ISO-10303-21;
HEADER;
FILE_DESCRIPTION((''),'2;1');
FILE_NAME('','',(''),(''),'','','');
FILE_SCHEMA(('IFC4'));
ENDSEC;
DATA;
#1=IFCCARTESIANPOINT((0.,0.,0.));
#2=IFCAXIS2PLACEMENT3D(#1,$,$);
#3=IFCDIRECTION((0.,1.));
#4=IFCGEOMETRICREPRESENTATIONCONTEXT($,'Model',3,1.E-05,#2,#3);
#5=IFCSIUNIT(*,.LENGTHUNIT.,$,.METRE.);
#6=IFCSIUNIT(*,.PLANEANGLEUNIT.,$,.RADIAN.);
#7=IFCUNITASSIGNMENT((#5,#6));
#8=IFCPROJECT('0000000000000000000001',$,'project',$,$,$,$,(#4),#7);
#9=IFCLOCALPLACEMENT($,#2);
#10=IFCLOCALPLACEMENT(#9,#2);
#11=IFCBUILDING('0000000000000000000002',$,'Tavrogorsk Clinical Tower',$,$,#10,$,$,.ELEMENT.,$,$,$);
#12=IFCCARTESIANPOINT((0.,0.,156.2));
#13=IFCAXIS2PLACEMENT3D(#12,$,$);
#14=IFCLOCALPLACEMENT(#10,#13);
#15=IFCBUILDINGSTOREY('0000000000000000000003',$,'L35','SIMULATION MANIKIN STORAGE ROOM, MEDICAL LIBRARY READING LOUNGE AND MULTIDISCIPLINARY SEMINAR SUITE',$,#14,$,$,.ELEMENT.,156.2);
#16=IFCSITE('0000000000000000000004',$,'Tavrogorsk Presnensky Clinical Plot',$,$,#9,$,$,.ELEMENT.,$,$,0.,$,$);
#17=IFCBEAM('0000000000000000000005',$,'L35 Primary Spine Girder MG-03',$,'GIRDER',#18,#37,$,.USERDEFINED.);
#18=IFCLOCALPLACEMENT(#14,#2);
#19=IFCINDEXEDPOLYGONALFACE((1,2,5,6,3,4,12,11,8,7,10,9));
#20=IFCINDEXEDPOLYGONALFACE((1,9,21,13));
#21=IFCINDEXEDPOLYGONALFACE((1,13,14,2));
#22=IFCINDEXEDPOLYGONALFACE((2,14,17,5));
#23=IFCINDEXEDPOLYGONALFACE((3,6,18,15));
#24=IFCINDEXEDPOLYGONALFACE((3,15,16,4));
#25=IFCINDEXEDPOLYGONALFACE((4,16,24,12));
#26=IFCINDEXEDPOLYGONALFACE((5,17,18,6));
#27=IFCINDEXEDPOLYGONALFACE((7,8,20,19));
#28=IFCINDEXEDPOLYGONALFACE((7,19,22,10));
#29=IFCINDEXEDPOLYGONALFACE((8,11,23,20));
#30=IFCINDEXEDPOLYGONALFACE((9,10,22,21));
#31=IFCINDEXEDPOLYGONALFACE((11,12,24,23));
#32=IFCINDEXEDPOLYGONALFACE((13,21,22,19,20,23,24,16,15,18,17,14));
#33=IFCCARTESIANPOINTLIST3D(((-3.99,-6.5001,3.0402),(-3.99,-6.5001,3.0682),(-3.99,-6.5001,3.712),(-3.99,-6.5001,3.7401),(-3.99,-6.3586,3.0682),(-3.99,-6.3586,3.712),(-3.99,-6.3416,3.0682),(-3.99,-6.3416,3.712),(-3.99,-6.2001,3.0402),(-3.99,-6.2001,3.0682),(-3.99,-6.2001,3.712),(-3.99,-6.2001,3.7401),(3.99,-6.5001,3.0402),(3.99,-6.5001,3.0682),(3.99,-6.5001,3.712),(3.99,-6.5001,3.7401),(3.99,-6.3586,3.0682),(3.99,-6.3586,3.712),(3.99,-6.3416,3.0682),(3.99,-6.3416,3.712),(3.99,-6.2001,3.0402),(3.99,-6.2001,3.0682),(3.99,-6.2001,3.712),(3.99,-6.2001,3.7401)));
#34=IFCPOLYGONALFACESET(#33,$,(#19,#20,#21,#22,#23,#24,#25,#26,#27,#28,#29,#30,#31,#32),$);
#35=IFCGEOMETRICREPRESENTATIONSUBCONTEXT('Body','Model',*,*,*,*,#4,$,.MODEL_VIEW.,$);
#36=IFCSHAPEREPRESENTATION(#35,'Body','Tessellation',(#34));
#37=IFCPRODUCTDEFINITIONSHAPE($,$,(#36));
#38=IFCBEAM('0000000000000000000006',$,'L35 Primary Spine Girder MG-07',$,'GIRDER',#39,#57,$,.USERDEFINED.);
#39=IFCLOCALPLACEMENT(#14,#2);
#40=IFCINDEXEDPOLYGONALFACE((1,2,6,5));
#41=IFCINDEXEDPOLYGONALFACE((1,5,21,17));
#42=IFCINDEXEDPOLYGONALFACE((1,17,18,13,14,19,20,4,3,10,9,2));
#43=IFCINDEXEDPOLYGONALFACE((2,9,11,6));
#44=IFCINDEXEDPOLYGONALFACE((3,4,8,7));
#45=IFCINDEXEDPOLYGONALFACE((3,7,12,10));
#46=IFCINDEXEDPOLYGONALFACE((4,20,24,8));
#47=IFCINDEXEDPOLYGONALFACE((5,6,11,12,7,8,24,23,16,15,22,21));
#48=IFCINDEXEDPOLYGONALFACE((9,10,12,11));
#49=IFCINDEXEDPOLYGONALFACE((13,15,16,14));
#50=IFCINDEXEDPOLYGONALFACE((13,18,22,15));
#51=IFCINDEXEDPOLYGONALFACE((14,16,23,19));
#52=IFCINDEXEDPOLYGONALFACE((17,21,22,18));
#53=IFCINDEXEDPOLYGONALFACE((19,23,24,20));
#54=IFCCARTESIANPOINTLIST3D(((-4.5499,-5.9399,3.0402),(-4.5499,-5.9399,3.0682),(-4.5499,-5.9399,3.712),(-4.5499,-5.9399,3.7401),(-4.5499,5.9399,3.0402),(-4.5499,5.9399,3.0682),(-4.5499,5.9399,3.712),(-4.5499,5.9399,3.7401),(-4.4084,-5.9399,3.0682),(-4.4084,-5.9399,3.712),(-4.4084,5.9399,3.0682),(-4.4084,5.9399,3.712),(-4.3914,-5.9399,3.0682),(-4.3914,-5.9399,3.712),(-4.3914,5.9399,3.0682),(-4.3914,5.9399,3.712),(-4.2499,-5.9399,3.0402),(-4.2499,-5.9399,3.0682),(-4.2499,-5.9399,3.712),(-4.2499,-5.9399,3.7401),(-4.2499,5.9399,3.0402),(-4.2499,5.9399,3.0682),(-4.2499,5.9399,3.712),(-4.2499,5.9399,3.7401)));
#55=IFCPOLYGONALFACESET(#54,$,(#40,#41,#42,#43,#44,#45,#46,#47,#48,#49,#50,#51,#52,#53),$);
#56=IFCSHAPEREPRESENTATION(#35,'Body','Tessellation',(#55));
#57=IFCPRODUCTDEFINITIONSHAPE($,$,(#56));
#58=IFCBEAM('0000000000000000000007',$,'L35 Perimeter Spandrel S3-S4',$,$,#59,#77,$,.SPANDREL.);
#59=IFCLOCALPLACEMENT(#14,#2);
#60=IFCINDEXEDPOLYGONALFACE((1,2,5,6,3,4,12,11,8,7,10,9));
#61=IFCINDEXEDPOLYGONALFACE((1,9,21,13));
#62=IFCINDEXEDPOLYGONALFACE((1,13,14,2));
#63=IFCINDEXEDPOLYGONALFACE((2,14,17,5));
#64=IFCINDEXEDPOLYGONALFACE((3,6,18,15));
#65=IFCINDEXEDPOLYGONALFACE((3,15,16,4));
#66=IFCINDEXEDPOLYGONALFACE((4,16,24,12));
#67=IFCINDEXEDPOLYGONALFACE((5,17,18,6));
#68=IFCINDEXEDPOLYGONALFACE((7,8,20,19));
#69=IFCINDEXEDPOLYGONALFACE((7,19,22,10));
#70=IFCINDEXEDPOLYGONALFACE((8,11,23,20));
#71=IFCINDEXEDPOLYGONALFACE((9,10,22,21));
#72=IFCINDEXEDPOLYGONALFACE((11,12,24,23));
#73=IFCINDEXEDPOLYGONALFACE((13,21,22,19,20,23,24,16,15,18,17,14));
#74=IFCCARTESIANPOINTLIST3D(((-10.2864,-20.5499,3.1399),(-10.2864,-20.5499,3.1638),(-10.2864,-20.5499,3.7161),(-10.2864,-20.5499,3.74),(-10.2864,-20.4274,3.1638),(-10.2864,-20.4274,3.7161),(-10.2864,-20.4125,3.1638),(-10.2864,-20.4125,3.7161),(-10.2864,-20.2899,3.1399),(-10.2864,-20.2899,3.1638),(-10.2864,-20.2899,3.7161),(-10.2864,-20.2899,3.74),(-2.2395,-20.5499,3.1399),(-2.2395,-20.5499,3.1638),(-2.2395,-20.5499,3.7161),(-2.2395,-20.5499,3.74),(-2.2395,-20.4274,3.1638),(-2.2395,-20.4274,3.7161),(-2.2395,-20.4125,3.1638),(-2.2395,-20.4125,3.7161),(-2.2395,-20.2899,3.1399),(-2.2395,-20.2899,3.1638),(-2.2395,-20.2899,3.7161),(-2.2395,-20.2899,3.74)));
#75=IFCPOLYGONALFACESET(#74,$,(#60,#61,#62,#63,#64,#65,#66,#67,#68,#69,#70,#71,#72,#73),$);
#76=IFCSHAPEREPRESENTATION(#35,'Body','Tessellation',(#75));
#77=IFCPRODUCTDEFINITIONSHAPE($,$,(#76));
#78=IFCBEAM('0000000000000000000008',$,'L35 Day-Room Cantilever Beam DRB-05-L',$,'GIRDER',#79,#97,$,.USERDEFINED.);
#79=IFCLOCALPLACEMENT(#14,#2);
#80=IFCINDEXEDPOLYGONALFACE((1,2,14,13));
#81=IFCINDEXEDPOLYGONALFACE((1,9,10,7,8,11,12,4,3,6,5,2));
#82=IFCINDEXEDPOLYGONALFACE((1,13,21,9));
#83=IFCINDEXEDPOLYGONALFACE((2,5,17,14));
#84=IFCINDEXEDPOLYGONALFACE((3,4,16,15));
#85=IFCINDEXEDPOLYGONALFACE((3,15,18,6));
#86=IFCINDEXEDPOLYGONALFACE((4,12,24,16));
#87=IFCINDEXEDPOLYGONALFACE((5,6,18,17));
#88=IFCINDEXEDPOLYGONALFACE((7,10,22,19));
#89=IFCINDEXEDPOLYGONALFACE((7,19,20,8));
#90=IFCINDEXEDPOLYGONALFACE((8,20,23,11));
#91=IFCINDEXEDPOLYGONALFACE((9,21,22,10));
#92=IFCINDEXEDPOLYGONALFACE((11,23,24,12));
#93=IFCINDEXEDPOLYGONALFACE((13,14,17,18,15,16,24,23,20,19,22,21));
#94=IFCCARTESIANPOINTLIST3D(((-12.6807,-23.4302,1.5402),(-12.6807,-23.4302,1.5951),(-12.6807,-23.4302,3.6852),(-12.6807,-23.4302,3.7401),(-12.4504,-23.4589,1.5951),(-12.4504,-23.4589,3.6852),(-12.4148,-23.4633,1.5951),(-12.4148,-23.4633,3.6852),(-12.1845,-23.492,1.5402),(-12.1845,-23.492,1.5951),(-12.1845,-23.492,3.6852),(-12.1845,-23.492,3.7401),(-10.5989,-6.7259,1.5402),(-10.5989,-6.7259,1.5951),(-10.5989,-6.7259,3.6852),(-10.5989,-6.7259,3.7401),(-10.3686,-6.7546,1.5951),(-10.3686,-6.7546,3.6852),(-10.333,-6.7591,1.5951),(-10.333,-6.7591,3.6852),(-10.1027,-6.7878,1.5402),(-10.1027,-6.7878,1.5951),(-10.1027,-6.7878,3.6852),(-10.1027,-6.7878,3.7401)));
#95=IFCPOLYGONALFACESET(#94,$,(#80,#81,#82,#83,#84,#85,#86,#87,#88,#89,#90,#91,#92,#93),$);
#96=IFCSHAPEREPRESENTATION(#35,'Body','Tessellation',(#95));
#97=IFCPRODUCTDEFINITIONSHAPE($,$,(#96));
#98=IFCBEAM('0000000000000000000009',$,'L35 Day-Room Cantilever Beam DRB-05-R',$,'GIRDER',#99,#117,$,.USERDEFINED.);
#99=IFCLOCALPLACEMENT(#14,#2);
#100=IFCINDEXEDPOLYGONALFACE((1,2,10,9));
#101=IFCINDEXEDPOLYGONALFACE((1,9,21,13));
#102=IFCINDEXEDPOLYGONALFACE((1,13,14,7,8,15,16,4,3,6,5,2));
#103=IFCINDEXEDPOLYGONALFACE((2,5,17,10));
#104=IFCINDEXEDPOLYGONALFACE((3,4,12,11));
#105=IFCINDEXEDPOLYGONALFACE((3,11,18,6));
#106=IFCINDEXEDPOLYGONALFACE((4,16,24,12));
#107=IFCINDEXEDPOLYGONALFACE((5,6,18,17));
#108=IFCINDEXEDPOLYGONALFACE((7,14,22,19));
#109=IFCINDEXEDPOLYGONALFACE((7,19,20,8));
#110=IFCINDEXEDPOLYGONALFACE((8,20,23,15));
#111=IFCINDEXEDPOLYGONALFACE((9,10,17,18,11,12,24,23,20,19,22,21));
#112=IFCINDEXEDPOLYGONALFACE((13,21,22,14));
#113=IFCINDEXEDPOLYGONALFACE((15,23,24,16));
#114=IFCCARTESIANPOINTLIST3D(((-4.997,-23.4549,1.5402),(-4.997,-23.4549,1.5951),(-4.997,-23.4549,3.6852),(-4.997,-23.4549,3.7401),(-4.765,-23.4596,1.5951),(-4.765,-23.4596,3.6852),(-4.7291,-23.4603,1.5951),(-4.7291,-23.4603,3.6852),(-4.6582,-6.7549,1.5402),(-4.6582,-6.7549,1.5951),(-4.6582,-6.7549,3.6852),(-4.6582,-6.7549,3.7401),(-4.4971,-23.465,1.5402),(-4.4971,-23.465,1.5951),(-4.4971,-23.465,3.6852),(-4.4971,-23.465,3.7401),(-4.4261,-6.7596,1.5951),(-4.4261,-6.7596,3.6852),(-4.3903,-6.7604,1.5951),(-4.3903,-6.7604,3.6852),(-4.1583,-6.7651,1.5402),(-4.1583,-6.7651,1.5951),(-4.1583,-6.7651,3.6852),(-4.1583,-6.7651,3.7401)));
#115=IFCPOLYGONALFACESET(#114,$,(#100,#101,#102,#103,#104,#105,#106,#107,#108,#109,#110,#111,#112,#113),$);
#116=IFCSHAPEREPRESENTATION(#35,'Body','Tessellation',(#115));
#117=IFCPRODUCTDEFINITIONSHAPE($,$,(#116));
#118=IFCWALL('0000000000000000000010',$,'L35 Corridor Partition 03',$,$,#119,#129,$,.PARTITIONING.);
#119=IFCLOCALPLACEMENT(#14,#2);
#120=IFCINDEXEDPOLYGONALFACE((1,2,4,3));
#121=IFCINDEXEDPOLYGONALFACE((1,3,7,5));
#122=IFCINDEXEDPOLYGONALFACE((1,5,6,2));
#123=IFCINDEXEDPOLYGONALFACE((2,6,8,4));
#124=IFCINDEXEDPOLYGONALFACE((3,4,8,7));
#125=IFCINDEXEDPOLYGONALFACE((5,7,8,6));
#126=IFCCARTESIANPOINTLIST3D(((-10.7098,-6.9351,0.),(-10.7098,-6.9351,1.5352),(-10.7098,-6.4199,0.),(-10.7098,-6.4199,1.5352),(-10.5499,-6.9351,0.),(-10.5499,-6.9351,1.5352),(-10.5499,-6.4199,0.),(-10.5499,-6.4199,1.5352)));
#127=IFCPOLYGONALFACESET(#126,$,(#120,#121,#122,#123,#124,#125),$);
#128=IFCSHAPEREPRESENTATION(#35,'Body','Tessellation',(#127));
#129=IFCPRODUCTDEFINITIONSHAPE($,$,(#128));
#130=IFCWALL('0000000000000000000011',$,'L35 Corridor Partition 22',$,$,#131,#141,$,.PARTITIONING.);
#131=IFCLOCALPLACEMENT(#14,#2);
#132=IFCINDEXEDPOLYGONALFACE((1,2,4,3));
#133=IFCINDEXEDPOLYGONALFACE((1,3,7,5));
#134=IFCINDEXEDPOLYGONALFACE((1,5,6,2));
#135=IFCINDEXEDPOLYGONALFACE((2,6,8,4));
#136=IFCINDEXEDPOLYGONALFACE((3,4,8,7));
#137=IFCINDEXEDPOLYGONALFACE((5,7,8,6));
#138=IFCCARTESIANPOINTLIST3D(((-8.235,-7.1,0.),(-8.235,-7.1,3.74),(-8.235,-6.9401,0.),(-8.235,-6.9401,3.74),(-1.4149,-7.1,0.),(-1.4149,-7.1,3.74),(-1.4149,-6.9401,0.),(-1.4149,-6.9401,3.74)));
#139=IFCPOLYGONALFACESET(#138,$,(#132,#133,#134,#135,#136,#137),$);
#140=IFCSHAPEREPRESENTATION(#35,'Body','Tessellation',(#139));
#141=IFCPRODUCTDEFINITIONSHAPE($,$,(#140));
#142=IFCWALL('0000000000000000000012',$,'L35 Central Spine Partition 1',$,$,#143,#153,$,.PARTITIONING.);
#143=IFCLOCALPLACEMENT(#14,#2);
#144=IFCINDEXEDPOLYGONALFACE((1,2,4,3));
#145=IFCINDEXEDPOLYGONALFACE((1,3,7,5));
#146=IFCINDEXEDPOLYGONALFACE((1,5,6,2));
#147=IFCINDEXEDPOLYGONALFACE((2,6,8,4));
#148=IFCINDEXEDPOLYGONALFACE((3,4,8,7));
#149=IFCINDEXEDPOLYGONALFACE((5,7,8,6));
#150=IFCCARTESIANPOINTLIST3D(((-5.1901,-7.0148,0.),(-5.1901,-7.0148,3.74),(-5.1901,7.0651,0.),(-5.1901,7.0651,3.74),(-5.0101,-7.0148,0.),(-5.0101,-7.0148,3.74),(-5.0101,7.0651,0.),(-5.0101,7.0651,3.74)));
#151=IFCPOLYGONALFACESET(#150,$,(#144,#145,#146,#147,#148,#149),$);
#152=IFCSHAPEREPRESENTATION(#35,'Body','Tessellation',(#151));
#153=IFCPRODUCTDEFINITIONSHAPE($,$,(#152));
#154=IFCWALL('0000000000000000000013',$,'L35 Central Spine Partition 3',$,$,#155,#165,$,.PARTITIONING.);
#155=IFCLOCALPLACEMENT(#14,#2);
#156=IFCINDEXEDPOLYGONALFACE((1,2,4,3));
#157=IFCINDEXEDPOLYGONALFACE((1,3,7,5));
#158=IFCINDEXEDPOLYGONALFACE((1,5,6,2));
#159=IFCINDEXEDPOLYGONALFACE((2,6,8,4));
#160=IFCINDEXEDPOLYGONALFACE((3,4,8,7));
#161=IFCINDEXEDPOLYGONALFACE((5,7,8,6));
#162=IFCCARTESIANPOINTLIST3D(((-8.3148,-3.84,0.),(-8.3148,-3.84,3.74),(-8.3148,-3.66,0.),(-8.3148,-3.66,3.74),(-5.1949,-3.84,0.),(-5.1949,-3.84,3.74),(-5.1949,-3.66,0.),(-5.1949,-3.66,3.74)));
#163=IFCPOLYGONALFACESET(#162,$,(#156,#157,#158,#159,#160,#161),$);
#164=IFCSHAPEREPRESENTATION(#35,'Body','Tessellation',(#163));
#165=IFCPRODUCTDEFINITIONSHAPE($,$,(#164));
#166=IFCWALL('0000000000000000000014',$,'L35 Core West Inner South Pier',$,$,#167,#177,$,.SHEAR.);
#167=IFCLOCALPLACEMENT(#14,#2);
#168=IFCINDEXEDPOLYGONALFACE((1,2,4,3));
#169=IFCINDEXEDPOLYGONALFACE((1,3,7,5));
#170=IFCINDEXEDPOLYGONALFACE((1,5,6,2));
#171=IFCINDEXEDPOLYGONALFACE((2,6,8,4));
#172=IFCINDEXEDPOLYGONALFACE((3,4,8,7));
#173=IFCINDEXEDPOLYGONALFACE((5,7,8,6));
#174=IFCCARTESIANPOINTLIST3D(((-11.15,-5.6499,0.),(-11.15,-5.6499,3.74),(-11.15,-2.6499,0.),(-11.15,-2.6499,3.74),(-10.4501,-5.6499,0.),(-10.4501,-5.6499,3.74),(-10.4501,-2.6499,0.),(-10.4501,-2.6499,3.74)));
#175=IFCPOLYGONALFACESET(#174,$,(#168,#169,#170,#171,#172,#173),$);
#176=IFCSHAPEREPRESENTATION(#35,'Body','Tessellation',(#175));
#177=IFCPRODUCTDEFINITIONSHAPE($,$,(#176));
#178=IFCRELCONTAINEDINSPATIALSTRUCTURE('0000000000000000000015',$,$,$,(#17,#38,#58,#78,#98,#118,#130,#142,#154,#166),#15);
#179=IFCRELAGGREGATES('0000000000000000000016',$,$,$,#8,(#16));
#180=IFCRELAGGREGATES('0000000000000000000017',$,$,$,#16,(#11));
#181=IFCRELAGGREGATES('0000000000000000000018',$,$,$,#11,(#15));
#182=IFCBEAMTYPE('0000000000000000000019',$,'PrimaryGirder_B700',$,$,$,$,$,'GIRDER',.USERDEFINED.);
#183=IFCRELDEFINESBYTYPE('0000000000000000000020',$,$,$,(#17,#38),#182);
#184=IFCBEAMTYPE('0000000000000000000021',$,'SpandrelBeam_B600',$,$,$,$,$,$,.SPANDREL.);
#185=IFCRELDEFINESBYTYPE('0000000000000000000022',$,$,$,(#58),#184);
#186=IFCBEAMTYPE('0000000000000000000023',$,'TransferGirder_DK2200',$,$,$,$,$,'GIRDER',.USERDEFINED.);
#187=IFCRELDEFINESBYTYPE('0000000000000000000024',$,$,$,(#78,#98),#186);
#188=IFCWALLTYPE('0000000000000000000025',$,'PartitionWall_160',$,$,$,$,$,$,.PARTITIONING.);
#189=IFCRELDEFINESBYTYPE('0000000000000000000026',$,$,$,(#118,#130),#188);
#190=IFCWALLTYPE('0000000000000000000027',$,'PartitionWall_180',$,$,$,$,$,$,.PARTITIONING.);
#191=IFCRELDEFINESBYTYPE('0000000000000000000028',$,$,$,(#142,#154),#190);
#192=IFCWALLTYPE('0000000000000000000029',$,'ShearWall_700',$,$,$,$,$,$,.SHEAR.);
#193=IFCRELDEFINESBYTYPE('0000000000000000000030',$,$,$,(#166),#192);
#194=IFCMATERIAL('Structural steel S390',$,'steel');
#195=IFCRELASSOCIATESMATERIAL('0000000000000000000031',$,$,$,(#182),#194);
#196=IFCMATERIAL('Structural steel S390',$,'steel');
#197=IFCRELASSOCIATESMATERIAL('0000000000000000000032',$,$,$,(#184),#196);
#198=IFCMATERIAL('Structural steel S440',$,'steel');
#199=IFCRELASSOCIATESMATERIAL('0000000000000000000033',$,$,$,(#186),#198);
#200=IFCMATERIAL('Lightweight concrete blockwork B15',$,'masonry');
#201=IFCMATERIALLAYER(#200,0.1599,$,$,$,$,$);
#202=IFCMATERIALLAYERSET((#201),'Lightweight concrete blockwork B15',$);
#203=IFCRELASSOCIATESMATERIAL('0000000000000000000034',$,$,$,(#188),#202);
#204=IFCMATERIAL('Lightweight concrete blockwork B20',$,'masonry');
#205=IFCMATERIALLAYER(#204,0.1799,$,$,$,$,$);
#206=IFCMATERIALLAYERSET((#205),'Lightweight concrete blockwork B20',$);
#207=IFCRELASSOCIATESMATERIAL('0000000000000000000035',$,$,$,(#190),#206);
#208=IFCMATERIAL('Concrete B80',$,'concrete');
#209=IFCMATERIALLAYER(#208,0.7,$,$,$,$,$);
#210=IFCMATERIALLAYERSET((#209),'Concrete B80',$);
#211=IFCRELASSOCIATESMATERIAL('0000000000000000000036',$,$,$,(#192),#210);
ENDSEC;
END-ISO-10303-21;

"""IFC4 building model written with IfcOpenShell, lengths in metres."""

from ifc_helpers import new_model, si_unit, direction, frame, frame_2d, origin, origin_2d, place, context, subcontext, project, spatial, rectangle, i_section, extrude, material, layer, layer_set, material_profile, profile_set, type_object, element, save


model = new_model("IFC4")

# Units and contexts
model_context = context("Model", 3, precision=1e-05, world=origin(), true_north=direction((0.0, 1.0)))
body_context = subcontext(model_context, "Body", "Model", "MODEL_VIEW")
ifc_project = project(units=[si_unit("LENGTHUNIT", "METRE"), si_unit("PLANEANGLEUNIT", "RADIAN")], contexts=[model_context])

# Site, building, storey
site_placement = place(None, origin())
site = spatial("IfcSite", under=ifc_project, at=site_placement, Name="Tavrogorsk Presnensky Clinical Plot", CompositionType="ELEMENT", RefElevation=0.0)
building_placement = place(site_placement, origin())
building = spatial("IfcBuilding", under=site, at=building_placement, Name="Tavrogorsk Clinical Tower", CompositionType="ELEMENT")
storey_placement = place(building_placement, frame((0.0, 0.0, 156.2)))
storey = spatial("IfcBuildingStorey", under=building, at=storey_placement, Name="L35", Description="SIMULATION MANIKIN STORAGE ROOM, MEDICAL LIBRARY READING LOUNGE AND MULTIDISCIPLINARY SEMINAR SUITE", CompositionType="ELEMENT", Elevation=156.2)

# Beams
ifc_material_1 = material(Name="Structural steel S390", Category="steel")
ifc_material_profile_1 = material_profile(ifc_material_1, i_section(OverallWidth=0.3, OverallDepth=0.7, WebThickness=0.0171, FlangeThickness=0.0281, at=origin_2d()), Name="B-700x300x17x28")
ifc_profile_set_1 = profile_set([ifc_material_profile_1], Name="Structural steel S390")
beam_type_1 = type_object("IfcBeamType", Name="PrimaryGirder_B700", ElementType="GIRDER", PredefinedType="USERDEFINED", material=ifc_profile_set_1)
beam_1_placement = place(storey_placement, frame((-3.99, -6.3501, 3.3901), z_axis=(1.0, 0.0, 0.0), x_axis=(0.0, 1.0, 0.0)))
element("IfcBeam", 1, at=beam_1_placement, inside=storey, type_object=beam_type_1, Name="L35 Primary Spine Girder MG-03", ObjectType="GIRDER", PredefinedType="USERDEFINED", context=body_context, shape_type="SweptSolid", body=[
    extrude(i_section(OverallWidth=0.3, OverallDepth=0.7, WebThickness=0.0171, FlangeThickness=0.0281, at=origin_2d()), origin(), (0.0, 0.0, 1.0), 7.98),
])
beam_2_placement = place(storey_placement, frame((-4.3999, -5.9399, 3.3901), z_axis=(0.0, 1.0, 0.0), x_axis=(-1.0, 0.0, 0.0)))
element("IfcBeam", 2, at=beam_2_placement, inside=storey, type_object=beam_type_1, Name="L35 Primary Spine Girder MG-07", ObjectType="GIRDER", PredefinedType="USERDEFINED", context=body_context, shape_type="SweptSolid", body=[
    extrude(i_section(OverallWidth=0.3, OverallDepth=0.7, WebThickness=0.0171, FlangeThickness=0.0281, at=origin_2d()), origin(), (0.0, 0.0, 1.0), 11.8799),
])
ifc_material_2 = material(Name="Structural steel S390", Category="steel")
ifc_material_profile_2 = material_profile(ifc_material_2, i_section(OverallWidth=0.26, OverallDepth=0.6001, WebThickness=0.0149, FlangeThickness=0.0239, at=origin_2d()), Name="B-600x260x15x24")
ifc_profile_set_2 = profile_set([ifc_material_profile_2], Name="Structural steel S390")
beam_type_2 = type_object("IfcBeamType", Name="SpandrelBeam_B600", PredefinedType="SPANDREL", material=ifc_profile_set_2)
beam_3_placement = place(storey_placement, frame((-10.2864, -20.4199, 3.4399), z_axis=(1.0, 0.0, 0.0), x_axis=(0.0, 1.0, 0.0)))
element("IfcBeam", 3, at=beam_3_placement, inside=storey, type_object=beam_type_2, Name="L35 Perimeter Spandrel S3-S4", PredefinedType="SPANDREL", context=body_context, shape_type="SweptSolid", body=[
    extrude(i_section(OverallWidth=0.26, OverallDepth=0.6001, WebThickness=0.0149, FlangeThickness=0.0239, at=origin_2d()), origin(), (0.0, 0.0, 1.0), 8.0469),
])
ifc_material_3 = material(Name="Structural steel S440", Category="steel")
ifc_material_profile_3 = material_profile(ifc_material_3, i_section(OverallWidth=0.5, OverallDepth=2.2, WebThickness=0.0359, FlangeThickness=0.0549, at=origin_2d()), Name="DK-2200x500x36x55")
ifc_profile_set_3 = profile_set([ifc_material_profile_3], Name="Structural steel S440")
beam_type_3 = type_object("IfcBeamType", Name="TransferGirder_DK2200", ElementType="GIRDER", PredefinedType="USERDEFINED", material=ifc_profile_set_3)
beam_4_placement = place(storey_placement, frame((-10.3508, -6.7568, 2.6401), z_axis=(-0.123669, -0.992324, 0.0), x_axis=(0.992324, -0.123669, 0.0)))
element("IfcBeam", 4, at=beam_4_placement, inside=storey, type_object=beam_type_3, Name="L35 Day-Room Cantilever Beam DRB-05-L", ObjectType="GIRDER", PredefinedType="USERDEFINED", context=body_context, shape_type="SweptSolid", body=[
    extrude(i_section(OverallWidth=0.5, OverallDepth=2.2, WebThickness=0.0359, FlangeThickness=0.0549, at=origin_2d()), origin(), (0.0, 0.0, 1.0), 16.8335),
])
beam_5_placement = place(storey_placement, frame((-4.4082, -6.76, 2.6401), z_axis=(-0.020287, -0.999794, 0.0), x_axis=(0.999794, -0.020287, 0.0)))
element("IfcBeam", 5, at=beam_5_placement, inside=storey, type_object=beam_type_3, Name="L35 Day-Room Cantilever Beam DRB-05-R", ObjectType="GIRDER", PredefinedType="USERDEFINED", context=body_context, shape_type="SweptSolid", body=[
    extrude(i_section(OverallWidth=0.5, OverallDepth=2.2, WebThickness=0.0359, FlangeThickness=0.0549, at=origin_2d()), origin(), (0.0, 0.0, 1.0), 16.7034),
])

# Walls
ifc_material_4 = material(Name="Lightweight concrete blockwork B15", Category="masonry")
ifc_layer_1 = layer(ifc_material_4, 0.1599)
ifc_layer_set_1 = layer_set([ifc_layer_1], Name="Lightweight concrete blockwork B15")
wall_type_1 = type_object("IfcWallType", Name="PartitionWall_160", PredefinedType="PARTITIONING", material=ifc_layer_set_1)
wall_1_placement = place(storey_placement, frame((-10.6299, -6.9351, 0.0), z_axis=(0.0, 0.0, 1.0), x_axis=(0.0, 1.0, 0.0)))
element("IfcWall", 6, at=wall_1_placement, inside=storey, type_object=wall_type_1, Name="L35 Corridor Partition 03", PredefinedType="PARTITIONING", context=body_context, shape_type="SweptSolid", body=[
    extrude(rectangle(XDim=0.5151, YDim=0.1599, at=frame_2d((0.2576, 0.0))), origin(), (0.0, 0.0, 1.0), 1.5352),
])
wall_2_placement = place(storey_placement, frame((-8.2351, -7.02, 0.0), z_axis=(0.0, 0.0, 1.0), x_axis=(1.0, 0.0, 0.0)))
element("IfcWall", 7, at=wall_2_placement, inside=storey, type_object=wall_type_1, Name="L35 Corridor Partition 22", PredefinedType="PARTITIONING", context=body_context, shape_type="SweptSolid", body=[
    extrude(rectangle(XDim=6.8201, YDim=0.1599, at=frame_2d((3.4102, 0.0))), origin(), (0.0, 0.0, 1.0), 3.74),
])
ifc_material_5 = material(Name="Lightweight concrete blockwork B20", Category="masonry")
ifc_layer_2 = layer(ifc_material_5, 0.1799)
ifc_layer_set_2 = layer_set([ifc_layer_2], Name="Lightweight concrete blockwork B20")
wall_type_2 = type_object("IfcWallType", Name="PartitionWall_180", PredefinedType="PARTITIONING", material=ifc_layer_set_2)
wall_3_placement = place(storey_placement, frame((-5.1001, -7.0149, 0.0), z_axis=(0.0, 0.0, 1.0), x_axis=(0.0, 1.0, 0.0)))
element("IfcWall", 8, at=wall_3_placement, inside=storey, type_object=wall_type_2, Name="L35 Central Spine Partition 1", PredefinedType="PARTITIONING", context=body_context, shape_type="SweptSolid", body=[
    extrude(rectangle(XDim=14.0798, YDim=0.1799, at=frame_2d((7.04, 0.0))), origin(), (0.0, 0.0, 1.0), 3.74),
])
wall_4_placement = place(storey_placement, frame((-8.3149, -3.75, 0.0), z_axis=(0.0, 0.0, 1.0), x_axis=(1.0, 0.0, 0.0)))
element("IfcWall", 9, at=wall_4_placement, inside=storey, type_object=wall_type_2, Name="L35 Central Spine Partition 3", PredefinedType="PARTITIONING", context=body_context, shape_type="SweptSolid", body=[
    extrude(rectangle(XDim=3.1199, YDim=0.1799, at=frame_2d((1.5601, 0.0))), origin(), (0.0, 0.0, 1.0), 3.74),
])
ifc_material_6 = material(Name="Concrete B80", Category="concrete")
ifc_layer_3 = layer(ifc_material_6, 0.7)
ifc_layer_set_3 = layer_set([ifc_layer_3], Name="Concrete B80")
wall_type_3 = type_object("IfcWallType", Name="ShearWall_700", PredefinedType="SHEAR", material=ifc_layer_set_3)
wall_5_placement = place(storey_placement, frame((-10.8, -5.6499, 0.0), z_axis=(0.0, 0.0, 1.0), x_axis=(0.0, 1.0, 0.0)))
element("IfcWall", 10, at=wall_5_placement, inside=storey, type_object=wall_type_3, Name="L35 Core West Inner South Pier", PredefinedType="SHEAR", context=body_context, shape_type="SweptSolid", body=[
    extrude(rectangle(XDim=3.0, YDim=0.7, at=frame_2d((1.5, 0.0))), origin(), (0.0, 0.0, 1.0), 3.74),
])

save(model, "model.ifc")
